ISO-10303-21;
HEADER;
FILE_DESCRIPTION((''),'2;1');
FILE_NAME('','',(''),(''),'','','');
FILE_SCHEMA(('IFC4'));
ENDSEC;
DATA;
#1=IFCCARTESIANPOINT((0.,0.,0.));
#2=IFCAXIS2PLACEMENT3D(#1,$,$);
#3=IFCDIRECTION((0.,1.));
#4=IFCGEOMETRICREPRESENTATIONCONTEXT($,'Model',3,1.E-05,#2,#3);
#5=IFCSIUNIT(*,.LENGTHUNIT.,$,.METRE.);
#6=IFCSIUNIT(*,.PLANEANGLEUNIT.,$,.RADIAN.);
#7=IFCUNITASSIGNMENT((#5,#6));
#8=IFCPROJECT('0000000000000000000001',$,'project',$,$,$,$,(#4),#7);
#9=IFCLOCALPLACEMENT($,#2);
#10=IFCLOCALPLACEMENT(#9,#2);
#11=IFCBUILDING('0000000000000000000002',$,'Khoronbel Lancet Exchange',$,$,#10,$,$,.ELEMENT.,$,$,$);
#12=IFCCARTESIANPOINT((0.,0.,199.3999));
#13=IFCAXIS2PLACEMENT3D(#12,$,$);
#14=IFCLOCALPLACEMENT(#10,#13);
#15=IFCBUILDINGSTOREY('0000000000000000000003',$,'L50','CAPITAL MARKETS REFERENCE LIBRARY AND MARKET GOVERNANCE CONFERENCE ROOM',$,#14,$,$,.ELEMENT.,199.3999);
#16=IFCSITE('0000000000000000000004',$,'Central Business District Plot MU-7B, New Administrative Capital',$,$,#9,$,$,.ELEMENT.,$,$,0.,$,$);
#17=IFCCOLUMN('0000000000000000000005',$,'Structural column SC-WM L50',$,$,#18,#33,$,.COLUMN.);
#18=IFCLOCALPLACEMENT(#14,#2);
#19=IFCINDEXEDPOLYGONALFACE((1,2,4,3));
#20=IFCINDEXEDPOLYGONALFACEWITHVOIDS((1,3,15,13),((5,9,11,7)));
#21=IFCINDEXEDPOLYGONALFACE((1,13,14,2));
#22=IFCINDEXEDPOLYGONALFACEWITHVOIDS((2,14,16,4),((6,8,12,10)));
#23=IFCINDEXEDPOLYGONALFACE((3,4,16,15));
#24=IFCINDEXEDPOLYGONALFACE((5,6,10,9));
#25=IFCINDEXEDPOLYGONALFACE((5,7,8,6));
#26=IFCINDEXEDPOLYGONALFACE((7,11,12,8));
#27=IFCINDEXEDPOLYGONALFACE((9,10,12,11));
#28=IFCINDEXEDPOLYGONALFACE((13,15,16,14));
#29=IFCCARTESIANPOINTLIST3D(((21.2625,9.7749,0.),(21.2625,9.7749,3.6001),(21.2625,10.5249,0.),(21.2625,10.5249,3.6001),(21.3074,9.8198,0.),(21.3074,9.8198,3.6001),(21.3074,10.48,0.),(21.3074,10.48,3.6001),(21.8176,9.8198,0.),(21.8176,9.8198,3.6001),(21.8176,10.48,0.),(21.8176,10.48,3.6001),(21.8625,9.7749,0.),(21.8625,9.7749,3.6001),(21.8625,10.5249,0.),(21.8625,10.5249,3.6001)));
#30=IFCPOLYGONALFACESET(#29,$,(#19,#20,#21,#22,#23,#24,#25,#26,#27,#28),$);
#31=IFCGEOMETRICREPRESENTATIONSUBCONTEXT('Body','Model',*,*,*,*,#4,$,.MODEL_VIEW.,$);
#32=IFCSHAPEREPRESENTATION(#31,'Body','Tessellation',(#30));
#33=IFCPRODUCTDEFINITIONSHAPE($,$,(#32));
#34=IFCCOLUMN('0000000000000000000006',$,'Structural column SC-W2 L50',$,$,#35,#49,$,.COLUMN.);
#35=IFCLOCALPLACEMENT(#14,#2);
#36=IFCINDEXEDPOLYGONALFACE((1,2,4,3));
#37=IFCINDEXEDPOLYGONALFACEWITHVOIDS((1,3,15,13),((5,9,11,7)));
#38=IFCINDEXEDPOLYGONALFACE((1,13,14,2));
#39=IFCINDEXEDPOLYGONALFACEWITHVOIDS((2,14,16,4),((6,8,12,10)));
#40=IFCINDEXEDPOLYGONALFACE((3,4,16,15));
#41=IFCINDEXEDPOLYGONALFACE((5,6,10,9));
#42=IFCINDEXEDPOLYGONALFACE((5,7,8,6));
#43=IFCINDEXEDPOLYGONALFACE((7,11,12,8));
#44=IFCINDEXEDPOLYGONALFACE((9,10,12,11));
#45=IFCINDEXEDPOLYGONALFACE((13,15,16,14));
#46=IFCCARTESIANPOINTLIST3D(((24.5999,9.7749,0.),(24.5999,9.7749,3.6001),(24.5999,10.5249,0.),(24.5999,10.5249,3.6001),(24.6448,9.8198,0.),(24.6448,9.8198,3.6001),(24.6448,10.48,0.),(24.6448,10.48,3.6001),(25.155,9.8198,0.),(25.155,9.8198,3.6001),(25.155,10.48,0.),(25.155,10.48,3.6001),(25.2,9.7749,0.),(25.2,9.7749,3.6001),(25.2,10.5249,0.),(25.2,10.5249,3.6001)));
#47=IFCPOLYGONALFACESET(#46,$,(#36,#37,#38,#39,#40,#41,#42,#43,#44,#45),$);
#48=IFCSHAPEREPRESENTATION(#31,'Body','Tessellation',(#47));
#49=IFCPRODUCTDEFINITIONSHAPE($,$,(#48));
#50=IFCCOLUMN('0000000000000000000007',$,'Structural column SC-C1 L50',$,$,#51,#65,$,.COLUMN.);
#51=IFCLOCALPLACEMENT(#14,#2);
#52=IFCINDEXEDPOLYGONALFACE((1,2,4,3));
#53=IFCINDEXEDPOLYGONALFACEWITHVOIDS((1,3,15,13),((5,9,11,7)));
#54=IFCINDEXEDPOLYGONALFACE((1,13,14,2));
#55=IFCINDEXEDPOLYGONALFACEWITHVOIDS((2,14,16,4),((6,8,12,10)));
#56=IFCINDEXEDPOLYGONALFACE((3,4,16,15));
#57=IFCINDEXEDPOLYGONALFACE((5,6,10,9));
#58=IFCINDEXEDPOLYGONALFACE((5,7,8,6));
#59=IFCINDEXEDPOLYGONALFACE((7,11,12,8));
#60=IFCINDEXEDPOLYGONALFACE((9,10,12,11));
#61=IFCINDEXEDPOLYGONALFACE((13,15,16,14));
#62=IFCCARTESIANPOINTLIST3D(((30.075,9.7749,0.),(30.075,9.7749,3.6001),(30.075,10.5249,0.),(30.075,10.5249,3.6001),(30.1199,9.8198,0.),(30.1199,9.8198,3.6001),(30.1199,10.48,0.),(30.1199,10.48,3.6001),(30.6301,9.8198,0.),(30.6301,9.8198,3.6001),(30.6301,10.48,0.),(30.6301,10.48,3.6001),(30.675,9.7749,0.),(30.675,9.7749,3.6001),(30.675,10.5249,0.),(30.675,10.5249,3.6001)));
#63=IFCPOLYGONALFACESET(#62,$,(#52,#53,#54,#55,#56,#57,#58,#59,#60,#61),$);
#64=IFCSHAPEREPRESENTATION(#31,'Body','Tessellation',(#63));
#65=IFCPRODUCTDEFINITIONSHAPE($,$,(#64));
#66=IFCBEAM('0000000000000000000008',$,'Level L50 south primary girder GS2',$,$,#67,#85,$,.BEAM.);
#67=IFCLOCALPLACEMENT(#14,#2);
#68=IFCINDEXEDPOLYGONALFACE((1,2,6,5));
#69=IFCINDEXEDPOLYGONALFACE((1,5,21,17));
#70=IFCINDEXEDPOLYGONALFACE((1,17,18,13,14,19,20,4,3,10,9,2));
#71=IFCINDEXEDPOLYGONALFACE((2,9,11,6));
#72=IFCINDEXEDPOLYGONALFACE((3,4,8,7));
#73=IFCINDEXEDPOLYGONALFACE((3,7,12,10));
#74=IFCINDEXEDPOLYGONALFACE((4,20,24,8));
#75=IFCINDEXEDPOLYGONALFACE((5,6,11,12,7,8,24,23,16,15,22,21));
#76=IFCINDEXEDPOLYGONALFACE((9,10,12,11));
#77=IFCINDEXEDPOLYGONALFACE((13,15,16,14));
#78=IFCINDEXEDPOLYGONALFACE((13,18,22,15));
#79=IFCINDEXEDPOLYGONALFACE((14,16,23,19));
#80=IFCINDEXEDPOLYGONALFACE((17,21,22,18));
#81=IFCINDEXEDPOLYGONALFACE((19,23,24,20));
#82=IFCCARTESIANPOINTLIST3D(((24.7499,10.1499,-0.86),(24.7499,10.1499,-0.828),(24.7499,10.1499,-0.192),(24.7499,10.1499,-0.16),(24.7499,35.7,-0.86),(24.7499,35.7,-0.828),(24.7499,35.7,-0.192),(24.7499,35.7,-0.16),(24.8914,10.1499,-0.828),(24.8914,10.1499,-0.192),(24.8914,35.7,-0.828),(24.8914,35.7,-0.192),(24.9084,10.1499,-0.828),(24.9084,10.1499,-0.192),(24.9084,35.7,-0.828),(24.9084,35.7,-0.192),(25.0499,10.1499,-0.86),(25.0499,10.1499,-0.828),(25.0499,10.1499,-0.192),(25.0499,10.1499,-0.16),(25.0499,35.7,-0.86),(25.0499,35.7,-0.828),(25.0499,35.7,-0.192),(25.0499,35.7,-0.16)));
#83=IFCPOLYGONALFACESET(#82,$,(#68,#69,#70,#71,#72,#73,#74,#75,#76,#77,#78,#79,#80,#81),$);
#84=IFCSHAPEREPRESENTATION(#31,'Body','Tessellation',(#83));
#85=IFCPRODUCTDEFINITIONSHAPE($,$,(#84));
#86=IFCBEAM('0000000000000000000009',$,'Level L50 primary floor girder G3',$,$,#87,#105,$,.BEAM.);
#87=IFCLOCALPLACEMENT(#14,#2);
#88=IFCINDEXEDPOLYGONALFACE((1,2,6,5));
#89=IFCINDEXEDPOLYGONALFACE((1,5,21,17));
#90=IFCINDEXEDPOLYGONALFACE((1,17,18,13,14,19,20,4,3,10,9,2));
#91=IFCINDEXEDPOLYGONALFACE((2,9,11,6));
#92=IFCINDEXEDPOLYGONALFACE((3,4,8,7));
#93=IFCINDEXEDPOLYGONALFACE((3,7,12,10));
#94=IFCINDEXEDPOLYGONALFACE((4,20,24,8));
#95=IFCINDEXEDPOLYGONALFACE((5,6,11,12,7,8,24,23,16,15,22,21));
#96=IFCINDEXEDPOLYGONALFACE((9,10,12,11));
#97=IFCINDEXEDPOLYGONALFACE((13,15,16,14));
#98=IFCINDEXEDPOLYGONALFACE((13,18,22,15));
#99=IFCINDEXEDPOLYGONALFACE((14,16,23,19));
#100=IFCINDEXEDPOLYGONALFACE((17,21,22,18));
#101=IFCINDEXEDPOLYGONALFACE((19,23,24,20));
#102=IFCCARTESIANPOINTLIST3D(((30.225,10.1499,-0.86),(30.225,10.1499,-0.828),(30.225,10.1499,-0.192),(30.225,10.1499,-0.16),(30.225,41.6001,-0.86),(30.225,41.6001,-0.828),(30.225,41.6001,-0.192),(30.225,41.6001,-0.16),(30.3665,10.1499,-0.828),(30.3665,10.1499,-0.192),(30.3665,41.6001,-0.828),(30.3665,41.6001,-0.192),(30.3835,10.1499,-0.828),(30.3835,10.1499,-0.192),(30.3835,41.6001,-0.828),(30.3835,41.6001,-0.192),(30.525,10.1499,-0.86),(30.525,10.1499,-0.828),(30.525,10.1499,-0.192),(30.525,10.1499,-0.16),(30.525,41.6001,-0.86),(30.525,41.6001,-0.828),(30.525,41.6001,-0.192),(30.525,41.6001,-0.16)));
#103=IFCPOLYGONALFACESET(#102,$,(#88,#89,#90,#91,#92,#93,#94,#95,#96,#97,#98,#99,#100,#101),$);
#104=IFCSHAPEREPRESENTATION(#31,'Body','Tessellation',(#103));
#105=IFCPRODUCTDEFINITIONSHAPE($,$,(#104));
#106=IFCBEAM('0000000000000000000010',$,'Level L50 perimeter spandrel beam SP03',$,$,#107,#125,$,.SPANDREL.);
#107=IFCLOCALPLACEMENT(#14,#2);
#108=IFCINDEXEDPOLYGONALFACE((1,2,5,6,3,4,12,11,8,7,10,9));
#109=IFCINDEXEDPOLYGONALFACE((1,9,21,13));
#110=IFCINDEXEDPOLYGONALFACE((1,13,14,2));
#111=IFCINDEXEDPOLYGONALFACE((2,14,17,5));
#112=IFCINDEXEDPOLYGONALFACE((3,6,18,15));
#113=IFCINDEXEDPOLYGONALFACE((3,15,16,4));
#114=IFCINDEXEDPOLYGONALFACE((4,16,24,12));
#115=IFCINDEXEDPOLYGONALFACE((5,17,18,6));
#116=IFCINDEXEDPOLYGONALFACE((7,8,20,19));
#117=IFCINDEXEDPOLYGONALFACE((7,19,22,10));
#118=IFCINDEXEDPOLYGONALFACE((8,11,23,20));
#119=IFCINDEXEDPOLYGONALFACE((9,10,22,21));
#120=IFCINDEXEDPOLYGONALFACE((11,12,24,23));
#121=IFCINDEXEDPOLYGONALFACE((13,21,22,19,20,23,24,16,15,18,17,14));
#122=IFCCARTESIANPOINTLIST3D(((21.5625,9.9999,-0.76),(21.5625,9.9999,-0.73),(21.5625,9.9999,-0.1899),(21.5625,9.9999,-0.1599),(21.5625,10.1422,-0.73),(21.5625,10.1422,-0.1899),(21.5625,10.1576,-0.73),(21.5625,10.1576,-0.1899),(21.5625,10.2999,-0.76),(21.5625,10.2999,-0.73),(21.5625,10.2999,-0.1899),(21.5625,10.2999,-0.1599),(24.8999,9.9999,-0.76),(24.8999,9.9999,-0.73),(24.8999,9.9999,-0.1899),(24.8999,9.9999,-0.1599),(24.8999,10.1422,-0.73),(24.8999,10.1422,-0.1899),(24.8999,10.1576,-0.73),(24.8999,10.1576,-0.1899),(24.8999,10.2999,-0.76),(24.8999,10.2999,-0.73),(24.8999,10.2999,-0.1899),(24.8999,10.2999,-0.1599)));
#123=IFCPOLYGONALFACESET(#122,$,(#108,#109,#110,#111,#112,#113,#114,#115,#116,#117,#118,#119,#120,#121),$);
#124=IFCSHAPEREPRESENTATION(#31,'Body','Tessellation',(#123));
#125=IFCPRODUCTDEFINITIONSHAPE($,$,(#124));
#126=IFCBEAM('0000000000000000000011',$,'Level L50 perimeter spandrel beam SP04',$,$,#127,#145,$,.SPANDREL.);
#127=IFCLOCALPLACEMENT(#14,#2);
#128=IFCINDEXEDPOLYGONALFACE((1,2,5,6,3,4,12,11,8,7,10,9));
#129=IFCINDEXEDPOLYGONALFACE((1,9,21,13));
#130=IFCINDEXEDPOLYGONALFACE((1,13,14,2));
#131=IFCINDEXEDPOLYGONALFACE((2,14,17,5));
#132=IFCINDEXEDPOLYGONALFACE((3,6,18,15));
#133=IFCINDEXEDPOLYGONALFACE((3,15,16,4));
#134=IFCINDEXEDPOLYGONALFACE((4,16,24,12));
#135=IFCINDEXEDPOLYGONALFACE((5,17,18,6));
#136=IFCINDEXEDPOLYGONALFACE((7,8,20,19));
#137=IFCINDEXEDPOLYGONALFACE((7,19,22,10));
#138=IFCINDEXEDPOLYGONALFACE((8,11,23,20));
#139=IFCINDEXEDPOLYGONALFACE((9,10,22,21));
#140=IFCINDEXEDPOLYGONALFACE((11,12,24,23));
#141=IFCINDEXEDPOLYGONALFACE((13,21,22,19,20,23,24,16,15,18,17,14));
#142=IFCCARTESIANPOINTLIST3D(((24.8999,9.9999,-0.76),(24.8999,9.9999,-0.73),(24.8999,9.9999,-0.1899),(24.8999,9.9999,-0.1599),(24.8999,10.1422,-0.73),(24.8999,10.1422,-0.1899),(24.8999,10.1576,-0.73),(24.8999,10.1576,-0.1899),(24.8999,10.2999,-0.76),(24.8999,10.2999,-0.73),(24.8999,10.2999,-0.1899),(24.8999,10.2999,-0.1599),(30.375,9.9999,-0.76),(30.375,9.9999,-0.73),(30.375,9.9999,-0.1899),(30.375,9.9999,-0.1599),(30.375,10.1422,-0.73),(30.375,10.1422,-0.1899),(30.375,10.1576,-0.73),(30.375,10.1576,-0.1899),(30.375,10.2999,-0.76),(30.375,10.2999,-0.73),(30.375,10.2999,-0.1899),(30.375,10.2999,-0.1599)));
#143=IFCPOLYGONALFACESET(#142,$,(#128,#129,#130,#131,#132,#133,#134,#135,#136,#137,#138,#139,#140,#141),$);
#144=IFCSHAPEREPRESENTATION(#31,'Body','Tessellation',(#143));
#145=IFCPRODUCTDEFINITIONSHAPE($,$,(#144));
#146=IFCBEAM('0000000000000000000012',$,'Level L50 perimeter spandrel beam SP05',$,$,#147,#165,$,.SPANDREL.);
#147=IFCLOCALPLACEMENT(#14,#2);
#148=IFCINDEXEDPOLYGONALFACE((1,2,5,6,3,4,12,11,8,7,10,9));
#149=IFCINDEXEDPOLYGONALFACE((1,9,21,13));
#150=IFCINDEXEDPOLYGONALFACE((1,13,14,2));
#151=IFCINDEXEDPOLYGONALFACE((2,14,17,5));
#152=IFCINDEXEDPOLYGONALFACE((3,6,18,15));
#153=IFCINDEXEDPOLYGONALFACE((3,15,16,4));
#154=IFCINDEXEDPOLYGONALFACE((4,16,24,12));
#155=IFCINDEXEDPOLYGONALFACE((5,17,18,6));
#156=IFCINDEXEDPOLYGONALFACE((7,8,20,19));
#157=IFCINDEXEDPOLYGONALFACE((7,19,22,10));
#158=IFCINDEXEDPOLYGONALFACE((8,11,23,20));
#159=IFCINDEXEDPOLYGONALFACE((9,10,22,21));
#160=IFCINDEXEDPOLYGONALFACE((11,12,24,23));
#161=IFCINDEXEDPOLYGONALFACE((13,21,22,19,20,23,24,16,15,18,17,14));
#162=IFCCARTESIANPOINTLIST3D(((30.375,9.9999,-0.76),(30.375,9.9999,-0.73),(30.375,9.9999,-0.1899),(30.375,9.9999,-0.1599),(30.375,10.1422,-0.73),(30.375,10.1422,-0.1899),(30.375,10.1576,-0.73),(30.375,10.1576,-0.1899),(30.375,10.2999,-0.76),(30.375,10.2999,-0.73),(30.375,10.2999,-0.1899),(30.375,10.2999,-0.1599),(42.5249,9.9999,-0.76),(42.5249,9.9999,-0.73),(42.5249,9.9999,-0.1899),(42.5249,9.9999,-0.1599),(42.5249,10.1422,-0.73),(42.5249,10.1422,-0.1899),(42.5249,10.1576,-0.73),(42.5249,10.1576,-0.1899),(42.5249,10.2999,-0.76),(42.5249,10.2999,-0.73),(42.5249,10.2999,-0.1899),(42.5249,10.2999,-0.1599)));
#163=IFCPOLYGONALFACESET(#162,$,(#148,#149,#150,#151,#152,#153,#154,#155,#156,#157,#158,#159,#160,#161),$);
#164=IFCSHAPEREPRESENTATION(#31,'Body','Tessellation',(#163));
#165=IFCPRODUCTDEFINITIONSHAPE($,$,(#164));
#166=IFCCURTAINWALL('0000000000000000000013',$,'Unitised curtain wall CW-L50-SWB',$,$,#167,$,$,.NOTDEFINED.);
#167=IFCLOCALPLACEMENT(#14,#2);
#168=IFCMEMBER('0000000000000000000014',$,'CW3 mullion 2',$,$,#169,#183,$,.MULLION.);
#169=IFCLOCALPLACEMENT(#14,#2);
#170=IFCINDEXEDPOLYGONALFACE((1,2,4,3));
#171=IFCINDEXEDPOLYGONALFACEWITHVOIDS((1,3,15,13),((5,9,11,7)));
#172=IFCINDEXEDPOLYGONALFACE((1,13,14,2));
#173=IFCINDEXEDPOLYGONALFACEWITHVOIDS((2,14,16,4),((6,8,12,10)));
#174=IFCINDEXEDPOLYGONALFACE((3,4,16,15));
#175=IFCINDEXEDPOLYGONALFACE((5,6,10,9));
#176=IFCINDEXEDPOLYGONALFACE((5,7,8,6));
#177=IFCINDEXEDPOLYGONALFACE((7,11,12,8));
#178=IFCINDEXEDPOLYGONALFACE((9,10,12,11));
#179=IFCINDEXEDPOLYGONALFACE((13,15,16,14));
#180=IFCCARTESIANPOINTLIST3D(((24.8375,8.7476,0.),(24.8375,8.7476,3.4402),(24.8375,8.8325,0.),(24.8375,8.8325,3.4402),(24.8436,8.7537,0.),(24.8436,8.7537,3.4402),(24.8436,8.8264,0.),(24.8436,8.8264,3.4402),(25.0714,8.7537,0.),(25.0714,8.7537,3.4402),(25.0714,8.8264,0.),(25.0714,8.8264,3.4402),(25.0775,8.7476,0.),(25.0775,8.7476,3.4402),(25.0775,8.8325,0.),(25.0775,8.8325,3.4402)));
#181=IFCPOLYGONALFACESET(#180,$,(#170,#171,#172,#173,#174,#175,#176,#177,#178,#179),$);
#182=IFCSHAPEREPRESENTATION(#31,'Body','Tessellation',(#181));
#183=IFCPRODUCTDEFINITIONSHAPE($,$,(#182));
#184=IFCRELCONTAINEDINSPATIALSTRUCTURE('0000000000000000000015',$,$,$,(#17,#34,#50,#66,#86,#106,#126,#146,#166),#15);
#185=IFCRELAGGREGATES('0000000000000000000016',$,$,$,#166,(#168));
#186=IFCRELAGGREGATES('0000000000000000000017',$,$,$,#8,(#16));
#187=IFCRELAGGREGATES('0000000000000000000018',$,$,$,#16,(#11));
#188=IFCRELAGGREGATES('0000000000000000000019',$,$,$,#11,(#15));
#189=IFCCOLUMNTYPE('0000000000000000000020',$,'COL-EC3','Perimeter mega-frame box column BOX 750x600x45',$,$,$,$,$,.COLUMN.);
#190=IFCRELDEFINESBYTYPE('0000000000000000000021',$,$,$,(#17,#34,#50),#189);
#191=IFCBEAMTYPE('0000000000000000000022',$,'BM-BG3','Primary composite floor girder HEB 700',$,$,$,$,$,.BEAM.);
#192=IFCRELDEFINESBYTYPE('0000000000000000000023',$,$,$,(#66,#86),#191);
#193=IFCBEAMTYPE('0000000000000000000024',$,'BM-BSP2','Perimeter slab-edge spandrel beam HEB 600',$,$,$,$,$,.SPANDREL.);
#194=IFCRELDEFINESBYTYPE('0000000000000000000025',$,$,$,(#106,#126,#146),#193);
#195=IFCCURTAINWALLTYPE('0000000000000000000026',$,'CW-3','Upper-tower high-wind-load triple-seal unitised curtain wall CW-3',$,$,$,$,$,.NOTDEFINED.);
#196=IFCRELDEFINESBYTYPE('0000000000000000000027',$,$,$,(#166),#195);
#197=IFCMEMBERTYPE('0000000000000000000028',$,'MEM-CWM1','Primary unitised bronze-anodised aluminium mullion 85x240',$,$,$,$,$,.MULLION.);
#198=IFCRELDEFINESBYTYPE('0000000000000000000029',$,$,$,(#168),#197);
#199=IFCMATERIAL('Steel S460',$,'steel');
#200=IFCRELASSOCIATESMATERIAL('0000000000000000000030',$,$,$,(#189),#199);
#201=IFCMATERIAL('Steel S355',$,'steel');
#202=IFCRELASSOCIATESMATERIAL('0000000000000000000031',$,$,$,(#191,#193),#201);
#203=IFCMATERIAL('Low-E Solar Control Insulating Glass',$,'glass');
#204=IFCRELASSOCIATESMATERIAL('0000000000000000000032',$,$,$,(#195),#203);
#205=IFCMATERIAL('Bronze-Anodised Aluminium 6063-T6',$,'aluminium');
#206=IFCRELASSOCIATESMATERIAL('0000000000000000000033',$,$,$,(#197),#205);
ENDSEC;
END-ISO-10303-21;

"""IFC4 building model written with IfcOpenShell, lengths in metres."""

from ifc_helpers import new_model, si_unit, direction, frame, origin, origin_2d, place, context, subcontext, project, spatial, hollow_rectangle, i_section, extrude, material, material_profile, profile_set, type_object, element, aggregate, save


model = new_model("IFC4")

# Units and contexts
model_context = context("Model", 3, precision=1e-05, world=origin(), true_north=direction((0.0, 1.0)))
body_context = subcontext(model_context, "Body", "Model", "MODEL_VIEW")
ifc_project = project(units=[si_unit("LENGTHUNIT", "METRE"), si_unit("PLANEANGLEUNIT", "RADIAN")], contexts=[model_context])

# Site, building, storey
site_placement = place(None, origin())
site = spatial("IfcSite", under=ifc_project, at=site_placement, Name="Central Business District Plot MU-7B, New Administrative Capital", CompositionType="ELEMENT", RefElevation=0.0)
building_placement = place(site_placement, origin())
building = spatial("IfcBuilding", under=site, at=building_placement, Name="Khoronbel Lancet Exchange", CompositionType="ELEMENT")
storey_placement = place(building_placement, frame((0.0, 0.0, 199.3999)))
storey = spatial("IfcBuildingStorey", under=building, at=storey_placement, Name="L50", Description="CAPITAL MARKETS REFERENCE LIBRARY AND MARKET GOVERNANCE CONFERENCE ROOM", CompositionType="ELEMENT", Elevation=199.3999)

# Columns
ifc_material_1 = material(Name="Steel S460", Category="steel")
ifc_material_profile_1 = material_profile(ifc_material_1, hollow_rectangle(XDim=0.6001, YDim=0.75, WallThickness=0.0449, at=origin_2d()), Name="BOX 750x600x45")
ifc_profile_set_1 = profile_set([ifc_material_profile_1], Name="Steel S460")
column_type = type_object("IfcColumnType", Name="COL-EC3", Description="Perimeter mega-frame box column BOX 750x600x45", PredefinedType="COLUMN", material=ifc_profile_set_1)
for number, where, z_axis, x_axis, name in (
    (1, (21.5625, 10.1499, 0.0), (0.0, 0.0, 1.0), (1.0, 0.0, 0.0), "Structural column SC-WM L50"),
    (2, (24.8999, 10.1499, 0.0), (0.0, 0.0, 1.0), (1.0, 0.0, 0.0), "Structural column SC-W2 L50"),
    (3, (30.375, 10.1499, 0.0), (0.0, 0.0, 1.0), (1.0, 0.0, 0.0), "Structural column SC-C1 L50"),
):
    element("IfcColumn", number, at=place(storey_placement, frame(where, z_axis=z_axis, x_axis=x_axis)), inside=storey, type_object=column_type, Name=name, PredefinedType="COLUMN", context=body_context, shape_type="SweptSolid", body=[
        extrude(hollow_rectangle(XDim=0.6001, YDim=0.75, WallThickness=0.0449, at=origin_2d()), origin(), (0.0, 0.0, 1.0), 3.6001),
    ])

# Beams
ifc_material_2 = material(Name="Steel S355", Category="steel")
ifc_material_profile_2 = material_profile(ifc_material_2, i_section(OverallWidth=0.3, OverallDepth=0.7, WebThickness=0.0171, FlangeThickness=0.032, at=origin_2d()), Name="HEB 700")
ifc_profile_set_2 = profile_set([ifc_material_profile_2], Name="Steel S355")
beam_type_1 = type_object("IfcBeamType", Name="BM-BG3", Description="Primary composite floor girder HEB 700", PredefinedType="BEAM", material=ifc_profile_set_2)
beam_1_placement = place(storey_placement, frame((24.8999, 10.1499, -0.51), z_axis=(0.0, 1.0, 0.0), x_axis=(-1.0, 0.0, 0.0)))
element("IfcBeam", 4, at=beam_1_placement, inside=storey, type_object=beam_type_1, Name="Level L50 south primary girder GS2", PredefinedType="BEAM", context=body_context, shape_type="SweptSolid", body=[
    extrude(i_section(OverallWidth=0.3, OverallDepth=0.7, WebThickness=0.0171, FlangeThickness=0.032, at=origin_2d()), origin(), (0.0, 0.0, 1.0), 25.55),
])
beam_2_placement = place(storey_placement, frame((30.375, 10.1499, -0.51), z_axis=(0.0, 1.0, 0.0), x_axis=(-1.0, 0.0, 0.0)))
element("IfcBeam", 5, at=beam_2_placement, inside=storey, type_object=beam_type_1, Name="Level L50 primary floor girder G3", PredefinedType="BEAM", context=body_context, shape_type="SweptSolid", body=[
    extrude(i_section(OverallWidth=0.3, OverallDepth=0.7, WebThickness=0.0171, FlangeThickness=0.032, at=origin_2d()), origin(), (0.0, 0.0, 1.0), 31.4502),
])
ifc_material_profile_3 = material_profile(ifc_material_2, i_section(OverallWidth=0.3, OverallDepth=0.6001, WebThickness=0.0154, FlangeThickness=0.03, at=origin_2d()), Name="HEB 600")
ifc_profile_set_3 = profile_set([ifc_material_profile_3], Name="Steel S355")
beam_type_2 = type_object("IfcBeamType", Name="BM-BSP2", Description="Perimeter slab-edge spandrel beam HEB 600", PredefinedType="SPANDREL", material=ifc_profile_set_3)
beam_3_placement = place(storey_placement, frame((21.5625, 10.1499, -0.46), z_axis=(1.0, 0.0, 0.0), x_axis=(0.0, 1.0, 0.0)))
element("IfcBeam", 6, at=beam_3_placement, inside=storey, type_object=beam_type_2, Name="Level L50 perimeter spandrel beam SP03", PredefinedType="SPANDREL", context=body_context, shape_type="SweptSolid", body=[
    extrude(i_section(OverallWidth=0.3, OverallDepth=0.6001, WebThickness=0.0154, FlangeThickness=0.03, at=origin_2d()), origin(), (0.0, 0.0, 1.0), 3.3374),
])
beam_4_placement = place(storey_placement, frame((24.8999, 10.1499, -0.46), z_axis=(1.0, 0.0, 0.0), x_axis=(0.0, 1.0, 0.0)))
element("IfcBeam", 7, at=beam_4_placement, inside=storey, type_object=beam_type_2, Name="Level L50 perimeter spandrel beam SP04", PredefinedType="SPANDREL", context=body_context, shape_type="SweptSolid", body=[
    extrude(i_section(OverallWidth=0.3, OverallDepth=0.6001, WebThickness=0.0154, FlangeThickness=0.03, at=origin_2d()), origin(), (0.0, 0.0, 1.0), 5.4751),
])
beam_5_placement = place(storey_placement, frame((30.375, 10.1499, -0.46), z_axis=(1.0, 0.0, 0.0), x_axis=(0.0, 1.0, 0.0)))
element("IfcBeam", 8, at=beam_5_placement, inside=storey, type_object=beam_type_2, Name="Level L50 perimeter spandrel beam SP05", PredefinedType="SPANDREL", context=body_context, shape_type="SweptSolid", body=[
    extrude(i_section(OverallWidth=0.3, OverallDepth=0.6001, WebThickness=0.0154, FlangeThickness=0.03, at=origin_2d()), origin(), (0.0, 0.0, 1.0), 12.1499),
])

# Curtain wall, member
ifc_material_3 = material(Name="Low-E Solar Control Insulating Glass", Category="glass")
curtain_wall_type = type_object("IfcCurtainWallType", Name="CW-3", Description="Upper-tower high-wind-load triple-seal unitised curtain wall CW-3", PredefinedType="NOTDEFINED", material=ifc_material_3)
curtain_wall_1_placement = place(storey_placement, origin())
curtain_wall_1 = element("IfcCurtainWall", 9, at=curtain_wall_1_placement, inside=storey, type_object=curtain_wall_type, Name="Unitised curtain wall CW-L50-SWB", PredefinedType="NOTDEFINED")
ifc_material_4 = material(Name="Bronze-Anodised Aluminium 6063-T6", Category="aluminium")
ifc_material_profile_4 = material_profile(ifc_material_4, hollow_rectangle(XDim=0.085, YDim=0.24, WallThickness=0.0061, at=origin_2d()), Name="ALU MULLION 85x240")
ifc_profile_set_4 = profile_set([ifc_material_profile_4], Name="Bronze-Anodised Aluminium 6063-T6")
member_type_1 = type_object("IfcMemberType", Name="MEM-CWM1", Description="Primary unitised bronze-anodised aluminium mullion 85x240", PredefinedType="MULLION", material=ifc_profile_set_4)
member_1_placement = place(storey_placement, frame((24.9575, 8.79, 0.0), z_axis=(0.0, 0.0, 1.0), x_axis=(0.0, 1.0, 0.0)))
member_1 = element("IfcMember", 10, at=member_1_placement, type_object=member_type_1, Name="CW3 mullion 2", PredefinedType="MULLION", context=body_context, shape_type="SweptSolid", body=[
    extrude(hollow_rectangle(XDim=0.085, YDim=0.24, WallThickness=0.0061, at=origin_2d()), origin(), (0.0, 0.0, 1.0), 3.4402),
])

aggregate(curtain_wall_1, [member_1])

save(model, "model.ifc")
